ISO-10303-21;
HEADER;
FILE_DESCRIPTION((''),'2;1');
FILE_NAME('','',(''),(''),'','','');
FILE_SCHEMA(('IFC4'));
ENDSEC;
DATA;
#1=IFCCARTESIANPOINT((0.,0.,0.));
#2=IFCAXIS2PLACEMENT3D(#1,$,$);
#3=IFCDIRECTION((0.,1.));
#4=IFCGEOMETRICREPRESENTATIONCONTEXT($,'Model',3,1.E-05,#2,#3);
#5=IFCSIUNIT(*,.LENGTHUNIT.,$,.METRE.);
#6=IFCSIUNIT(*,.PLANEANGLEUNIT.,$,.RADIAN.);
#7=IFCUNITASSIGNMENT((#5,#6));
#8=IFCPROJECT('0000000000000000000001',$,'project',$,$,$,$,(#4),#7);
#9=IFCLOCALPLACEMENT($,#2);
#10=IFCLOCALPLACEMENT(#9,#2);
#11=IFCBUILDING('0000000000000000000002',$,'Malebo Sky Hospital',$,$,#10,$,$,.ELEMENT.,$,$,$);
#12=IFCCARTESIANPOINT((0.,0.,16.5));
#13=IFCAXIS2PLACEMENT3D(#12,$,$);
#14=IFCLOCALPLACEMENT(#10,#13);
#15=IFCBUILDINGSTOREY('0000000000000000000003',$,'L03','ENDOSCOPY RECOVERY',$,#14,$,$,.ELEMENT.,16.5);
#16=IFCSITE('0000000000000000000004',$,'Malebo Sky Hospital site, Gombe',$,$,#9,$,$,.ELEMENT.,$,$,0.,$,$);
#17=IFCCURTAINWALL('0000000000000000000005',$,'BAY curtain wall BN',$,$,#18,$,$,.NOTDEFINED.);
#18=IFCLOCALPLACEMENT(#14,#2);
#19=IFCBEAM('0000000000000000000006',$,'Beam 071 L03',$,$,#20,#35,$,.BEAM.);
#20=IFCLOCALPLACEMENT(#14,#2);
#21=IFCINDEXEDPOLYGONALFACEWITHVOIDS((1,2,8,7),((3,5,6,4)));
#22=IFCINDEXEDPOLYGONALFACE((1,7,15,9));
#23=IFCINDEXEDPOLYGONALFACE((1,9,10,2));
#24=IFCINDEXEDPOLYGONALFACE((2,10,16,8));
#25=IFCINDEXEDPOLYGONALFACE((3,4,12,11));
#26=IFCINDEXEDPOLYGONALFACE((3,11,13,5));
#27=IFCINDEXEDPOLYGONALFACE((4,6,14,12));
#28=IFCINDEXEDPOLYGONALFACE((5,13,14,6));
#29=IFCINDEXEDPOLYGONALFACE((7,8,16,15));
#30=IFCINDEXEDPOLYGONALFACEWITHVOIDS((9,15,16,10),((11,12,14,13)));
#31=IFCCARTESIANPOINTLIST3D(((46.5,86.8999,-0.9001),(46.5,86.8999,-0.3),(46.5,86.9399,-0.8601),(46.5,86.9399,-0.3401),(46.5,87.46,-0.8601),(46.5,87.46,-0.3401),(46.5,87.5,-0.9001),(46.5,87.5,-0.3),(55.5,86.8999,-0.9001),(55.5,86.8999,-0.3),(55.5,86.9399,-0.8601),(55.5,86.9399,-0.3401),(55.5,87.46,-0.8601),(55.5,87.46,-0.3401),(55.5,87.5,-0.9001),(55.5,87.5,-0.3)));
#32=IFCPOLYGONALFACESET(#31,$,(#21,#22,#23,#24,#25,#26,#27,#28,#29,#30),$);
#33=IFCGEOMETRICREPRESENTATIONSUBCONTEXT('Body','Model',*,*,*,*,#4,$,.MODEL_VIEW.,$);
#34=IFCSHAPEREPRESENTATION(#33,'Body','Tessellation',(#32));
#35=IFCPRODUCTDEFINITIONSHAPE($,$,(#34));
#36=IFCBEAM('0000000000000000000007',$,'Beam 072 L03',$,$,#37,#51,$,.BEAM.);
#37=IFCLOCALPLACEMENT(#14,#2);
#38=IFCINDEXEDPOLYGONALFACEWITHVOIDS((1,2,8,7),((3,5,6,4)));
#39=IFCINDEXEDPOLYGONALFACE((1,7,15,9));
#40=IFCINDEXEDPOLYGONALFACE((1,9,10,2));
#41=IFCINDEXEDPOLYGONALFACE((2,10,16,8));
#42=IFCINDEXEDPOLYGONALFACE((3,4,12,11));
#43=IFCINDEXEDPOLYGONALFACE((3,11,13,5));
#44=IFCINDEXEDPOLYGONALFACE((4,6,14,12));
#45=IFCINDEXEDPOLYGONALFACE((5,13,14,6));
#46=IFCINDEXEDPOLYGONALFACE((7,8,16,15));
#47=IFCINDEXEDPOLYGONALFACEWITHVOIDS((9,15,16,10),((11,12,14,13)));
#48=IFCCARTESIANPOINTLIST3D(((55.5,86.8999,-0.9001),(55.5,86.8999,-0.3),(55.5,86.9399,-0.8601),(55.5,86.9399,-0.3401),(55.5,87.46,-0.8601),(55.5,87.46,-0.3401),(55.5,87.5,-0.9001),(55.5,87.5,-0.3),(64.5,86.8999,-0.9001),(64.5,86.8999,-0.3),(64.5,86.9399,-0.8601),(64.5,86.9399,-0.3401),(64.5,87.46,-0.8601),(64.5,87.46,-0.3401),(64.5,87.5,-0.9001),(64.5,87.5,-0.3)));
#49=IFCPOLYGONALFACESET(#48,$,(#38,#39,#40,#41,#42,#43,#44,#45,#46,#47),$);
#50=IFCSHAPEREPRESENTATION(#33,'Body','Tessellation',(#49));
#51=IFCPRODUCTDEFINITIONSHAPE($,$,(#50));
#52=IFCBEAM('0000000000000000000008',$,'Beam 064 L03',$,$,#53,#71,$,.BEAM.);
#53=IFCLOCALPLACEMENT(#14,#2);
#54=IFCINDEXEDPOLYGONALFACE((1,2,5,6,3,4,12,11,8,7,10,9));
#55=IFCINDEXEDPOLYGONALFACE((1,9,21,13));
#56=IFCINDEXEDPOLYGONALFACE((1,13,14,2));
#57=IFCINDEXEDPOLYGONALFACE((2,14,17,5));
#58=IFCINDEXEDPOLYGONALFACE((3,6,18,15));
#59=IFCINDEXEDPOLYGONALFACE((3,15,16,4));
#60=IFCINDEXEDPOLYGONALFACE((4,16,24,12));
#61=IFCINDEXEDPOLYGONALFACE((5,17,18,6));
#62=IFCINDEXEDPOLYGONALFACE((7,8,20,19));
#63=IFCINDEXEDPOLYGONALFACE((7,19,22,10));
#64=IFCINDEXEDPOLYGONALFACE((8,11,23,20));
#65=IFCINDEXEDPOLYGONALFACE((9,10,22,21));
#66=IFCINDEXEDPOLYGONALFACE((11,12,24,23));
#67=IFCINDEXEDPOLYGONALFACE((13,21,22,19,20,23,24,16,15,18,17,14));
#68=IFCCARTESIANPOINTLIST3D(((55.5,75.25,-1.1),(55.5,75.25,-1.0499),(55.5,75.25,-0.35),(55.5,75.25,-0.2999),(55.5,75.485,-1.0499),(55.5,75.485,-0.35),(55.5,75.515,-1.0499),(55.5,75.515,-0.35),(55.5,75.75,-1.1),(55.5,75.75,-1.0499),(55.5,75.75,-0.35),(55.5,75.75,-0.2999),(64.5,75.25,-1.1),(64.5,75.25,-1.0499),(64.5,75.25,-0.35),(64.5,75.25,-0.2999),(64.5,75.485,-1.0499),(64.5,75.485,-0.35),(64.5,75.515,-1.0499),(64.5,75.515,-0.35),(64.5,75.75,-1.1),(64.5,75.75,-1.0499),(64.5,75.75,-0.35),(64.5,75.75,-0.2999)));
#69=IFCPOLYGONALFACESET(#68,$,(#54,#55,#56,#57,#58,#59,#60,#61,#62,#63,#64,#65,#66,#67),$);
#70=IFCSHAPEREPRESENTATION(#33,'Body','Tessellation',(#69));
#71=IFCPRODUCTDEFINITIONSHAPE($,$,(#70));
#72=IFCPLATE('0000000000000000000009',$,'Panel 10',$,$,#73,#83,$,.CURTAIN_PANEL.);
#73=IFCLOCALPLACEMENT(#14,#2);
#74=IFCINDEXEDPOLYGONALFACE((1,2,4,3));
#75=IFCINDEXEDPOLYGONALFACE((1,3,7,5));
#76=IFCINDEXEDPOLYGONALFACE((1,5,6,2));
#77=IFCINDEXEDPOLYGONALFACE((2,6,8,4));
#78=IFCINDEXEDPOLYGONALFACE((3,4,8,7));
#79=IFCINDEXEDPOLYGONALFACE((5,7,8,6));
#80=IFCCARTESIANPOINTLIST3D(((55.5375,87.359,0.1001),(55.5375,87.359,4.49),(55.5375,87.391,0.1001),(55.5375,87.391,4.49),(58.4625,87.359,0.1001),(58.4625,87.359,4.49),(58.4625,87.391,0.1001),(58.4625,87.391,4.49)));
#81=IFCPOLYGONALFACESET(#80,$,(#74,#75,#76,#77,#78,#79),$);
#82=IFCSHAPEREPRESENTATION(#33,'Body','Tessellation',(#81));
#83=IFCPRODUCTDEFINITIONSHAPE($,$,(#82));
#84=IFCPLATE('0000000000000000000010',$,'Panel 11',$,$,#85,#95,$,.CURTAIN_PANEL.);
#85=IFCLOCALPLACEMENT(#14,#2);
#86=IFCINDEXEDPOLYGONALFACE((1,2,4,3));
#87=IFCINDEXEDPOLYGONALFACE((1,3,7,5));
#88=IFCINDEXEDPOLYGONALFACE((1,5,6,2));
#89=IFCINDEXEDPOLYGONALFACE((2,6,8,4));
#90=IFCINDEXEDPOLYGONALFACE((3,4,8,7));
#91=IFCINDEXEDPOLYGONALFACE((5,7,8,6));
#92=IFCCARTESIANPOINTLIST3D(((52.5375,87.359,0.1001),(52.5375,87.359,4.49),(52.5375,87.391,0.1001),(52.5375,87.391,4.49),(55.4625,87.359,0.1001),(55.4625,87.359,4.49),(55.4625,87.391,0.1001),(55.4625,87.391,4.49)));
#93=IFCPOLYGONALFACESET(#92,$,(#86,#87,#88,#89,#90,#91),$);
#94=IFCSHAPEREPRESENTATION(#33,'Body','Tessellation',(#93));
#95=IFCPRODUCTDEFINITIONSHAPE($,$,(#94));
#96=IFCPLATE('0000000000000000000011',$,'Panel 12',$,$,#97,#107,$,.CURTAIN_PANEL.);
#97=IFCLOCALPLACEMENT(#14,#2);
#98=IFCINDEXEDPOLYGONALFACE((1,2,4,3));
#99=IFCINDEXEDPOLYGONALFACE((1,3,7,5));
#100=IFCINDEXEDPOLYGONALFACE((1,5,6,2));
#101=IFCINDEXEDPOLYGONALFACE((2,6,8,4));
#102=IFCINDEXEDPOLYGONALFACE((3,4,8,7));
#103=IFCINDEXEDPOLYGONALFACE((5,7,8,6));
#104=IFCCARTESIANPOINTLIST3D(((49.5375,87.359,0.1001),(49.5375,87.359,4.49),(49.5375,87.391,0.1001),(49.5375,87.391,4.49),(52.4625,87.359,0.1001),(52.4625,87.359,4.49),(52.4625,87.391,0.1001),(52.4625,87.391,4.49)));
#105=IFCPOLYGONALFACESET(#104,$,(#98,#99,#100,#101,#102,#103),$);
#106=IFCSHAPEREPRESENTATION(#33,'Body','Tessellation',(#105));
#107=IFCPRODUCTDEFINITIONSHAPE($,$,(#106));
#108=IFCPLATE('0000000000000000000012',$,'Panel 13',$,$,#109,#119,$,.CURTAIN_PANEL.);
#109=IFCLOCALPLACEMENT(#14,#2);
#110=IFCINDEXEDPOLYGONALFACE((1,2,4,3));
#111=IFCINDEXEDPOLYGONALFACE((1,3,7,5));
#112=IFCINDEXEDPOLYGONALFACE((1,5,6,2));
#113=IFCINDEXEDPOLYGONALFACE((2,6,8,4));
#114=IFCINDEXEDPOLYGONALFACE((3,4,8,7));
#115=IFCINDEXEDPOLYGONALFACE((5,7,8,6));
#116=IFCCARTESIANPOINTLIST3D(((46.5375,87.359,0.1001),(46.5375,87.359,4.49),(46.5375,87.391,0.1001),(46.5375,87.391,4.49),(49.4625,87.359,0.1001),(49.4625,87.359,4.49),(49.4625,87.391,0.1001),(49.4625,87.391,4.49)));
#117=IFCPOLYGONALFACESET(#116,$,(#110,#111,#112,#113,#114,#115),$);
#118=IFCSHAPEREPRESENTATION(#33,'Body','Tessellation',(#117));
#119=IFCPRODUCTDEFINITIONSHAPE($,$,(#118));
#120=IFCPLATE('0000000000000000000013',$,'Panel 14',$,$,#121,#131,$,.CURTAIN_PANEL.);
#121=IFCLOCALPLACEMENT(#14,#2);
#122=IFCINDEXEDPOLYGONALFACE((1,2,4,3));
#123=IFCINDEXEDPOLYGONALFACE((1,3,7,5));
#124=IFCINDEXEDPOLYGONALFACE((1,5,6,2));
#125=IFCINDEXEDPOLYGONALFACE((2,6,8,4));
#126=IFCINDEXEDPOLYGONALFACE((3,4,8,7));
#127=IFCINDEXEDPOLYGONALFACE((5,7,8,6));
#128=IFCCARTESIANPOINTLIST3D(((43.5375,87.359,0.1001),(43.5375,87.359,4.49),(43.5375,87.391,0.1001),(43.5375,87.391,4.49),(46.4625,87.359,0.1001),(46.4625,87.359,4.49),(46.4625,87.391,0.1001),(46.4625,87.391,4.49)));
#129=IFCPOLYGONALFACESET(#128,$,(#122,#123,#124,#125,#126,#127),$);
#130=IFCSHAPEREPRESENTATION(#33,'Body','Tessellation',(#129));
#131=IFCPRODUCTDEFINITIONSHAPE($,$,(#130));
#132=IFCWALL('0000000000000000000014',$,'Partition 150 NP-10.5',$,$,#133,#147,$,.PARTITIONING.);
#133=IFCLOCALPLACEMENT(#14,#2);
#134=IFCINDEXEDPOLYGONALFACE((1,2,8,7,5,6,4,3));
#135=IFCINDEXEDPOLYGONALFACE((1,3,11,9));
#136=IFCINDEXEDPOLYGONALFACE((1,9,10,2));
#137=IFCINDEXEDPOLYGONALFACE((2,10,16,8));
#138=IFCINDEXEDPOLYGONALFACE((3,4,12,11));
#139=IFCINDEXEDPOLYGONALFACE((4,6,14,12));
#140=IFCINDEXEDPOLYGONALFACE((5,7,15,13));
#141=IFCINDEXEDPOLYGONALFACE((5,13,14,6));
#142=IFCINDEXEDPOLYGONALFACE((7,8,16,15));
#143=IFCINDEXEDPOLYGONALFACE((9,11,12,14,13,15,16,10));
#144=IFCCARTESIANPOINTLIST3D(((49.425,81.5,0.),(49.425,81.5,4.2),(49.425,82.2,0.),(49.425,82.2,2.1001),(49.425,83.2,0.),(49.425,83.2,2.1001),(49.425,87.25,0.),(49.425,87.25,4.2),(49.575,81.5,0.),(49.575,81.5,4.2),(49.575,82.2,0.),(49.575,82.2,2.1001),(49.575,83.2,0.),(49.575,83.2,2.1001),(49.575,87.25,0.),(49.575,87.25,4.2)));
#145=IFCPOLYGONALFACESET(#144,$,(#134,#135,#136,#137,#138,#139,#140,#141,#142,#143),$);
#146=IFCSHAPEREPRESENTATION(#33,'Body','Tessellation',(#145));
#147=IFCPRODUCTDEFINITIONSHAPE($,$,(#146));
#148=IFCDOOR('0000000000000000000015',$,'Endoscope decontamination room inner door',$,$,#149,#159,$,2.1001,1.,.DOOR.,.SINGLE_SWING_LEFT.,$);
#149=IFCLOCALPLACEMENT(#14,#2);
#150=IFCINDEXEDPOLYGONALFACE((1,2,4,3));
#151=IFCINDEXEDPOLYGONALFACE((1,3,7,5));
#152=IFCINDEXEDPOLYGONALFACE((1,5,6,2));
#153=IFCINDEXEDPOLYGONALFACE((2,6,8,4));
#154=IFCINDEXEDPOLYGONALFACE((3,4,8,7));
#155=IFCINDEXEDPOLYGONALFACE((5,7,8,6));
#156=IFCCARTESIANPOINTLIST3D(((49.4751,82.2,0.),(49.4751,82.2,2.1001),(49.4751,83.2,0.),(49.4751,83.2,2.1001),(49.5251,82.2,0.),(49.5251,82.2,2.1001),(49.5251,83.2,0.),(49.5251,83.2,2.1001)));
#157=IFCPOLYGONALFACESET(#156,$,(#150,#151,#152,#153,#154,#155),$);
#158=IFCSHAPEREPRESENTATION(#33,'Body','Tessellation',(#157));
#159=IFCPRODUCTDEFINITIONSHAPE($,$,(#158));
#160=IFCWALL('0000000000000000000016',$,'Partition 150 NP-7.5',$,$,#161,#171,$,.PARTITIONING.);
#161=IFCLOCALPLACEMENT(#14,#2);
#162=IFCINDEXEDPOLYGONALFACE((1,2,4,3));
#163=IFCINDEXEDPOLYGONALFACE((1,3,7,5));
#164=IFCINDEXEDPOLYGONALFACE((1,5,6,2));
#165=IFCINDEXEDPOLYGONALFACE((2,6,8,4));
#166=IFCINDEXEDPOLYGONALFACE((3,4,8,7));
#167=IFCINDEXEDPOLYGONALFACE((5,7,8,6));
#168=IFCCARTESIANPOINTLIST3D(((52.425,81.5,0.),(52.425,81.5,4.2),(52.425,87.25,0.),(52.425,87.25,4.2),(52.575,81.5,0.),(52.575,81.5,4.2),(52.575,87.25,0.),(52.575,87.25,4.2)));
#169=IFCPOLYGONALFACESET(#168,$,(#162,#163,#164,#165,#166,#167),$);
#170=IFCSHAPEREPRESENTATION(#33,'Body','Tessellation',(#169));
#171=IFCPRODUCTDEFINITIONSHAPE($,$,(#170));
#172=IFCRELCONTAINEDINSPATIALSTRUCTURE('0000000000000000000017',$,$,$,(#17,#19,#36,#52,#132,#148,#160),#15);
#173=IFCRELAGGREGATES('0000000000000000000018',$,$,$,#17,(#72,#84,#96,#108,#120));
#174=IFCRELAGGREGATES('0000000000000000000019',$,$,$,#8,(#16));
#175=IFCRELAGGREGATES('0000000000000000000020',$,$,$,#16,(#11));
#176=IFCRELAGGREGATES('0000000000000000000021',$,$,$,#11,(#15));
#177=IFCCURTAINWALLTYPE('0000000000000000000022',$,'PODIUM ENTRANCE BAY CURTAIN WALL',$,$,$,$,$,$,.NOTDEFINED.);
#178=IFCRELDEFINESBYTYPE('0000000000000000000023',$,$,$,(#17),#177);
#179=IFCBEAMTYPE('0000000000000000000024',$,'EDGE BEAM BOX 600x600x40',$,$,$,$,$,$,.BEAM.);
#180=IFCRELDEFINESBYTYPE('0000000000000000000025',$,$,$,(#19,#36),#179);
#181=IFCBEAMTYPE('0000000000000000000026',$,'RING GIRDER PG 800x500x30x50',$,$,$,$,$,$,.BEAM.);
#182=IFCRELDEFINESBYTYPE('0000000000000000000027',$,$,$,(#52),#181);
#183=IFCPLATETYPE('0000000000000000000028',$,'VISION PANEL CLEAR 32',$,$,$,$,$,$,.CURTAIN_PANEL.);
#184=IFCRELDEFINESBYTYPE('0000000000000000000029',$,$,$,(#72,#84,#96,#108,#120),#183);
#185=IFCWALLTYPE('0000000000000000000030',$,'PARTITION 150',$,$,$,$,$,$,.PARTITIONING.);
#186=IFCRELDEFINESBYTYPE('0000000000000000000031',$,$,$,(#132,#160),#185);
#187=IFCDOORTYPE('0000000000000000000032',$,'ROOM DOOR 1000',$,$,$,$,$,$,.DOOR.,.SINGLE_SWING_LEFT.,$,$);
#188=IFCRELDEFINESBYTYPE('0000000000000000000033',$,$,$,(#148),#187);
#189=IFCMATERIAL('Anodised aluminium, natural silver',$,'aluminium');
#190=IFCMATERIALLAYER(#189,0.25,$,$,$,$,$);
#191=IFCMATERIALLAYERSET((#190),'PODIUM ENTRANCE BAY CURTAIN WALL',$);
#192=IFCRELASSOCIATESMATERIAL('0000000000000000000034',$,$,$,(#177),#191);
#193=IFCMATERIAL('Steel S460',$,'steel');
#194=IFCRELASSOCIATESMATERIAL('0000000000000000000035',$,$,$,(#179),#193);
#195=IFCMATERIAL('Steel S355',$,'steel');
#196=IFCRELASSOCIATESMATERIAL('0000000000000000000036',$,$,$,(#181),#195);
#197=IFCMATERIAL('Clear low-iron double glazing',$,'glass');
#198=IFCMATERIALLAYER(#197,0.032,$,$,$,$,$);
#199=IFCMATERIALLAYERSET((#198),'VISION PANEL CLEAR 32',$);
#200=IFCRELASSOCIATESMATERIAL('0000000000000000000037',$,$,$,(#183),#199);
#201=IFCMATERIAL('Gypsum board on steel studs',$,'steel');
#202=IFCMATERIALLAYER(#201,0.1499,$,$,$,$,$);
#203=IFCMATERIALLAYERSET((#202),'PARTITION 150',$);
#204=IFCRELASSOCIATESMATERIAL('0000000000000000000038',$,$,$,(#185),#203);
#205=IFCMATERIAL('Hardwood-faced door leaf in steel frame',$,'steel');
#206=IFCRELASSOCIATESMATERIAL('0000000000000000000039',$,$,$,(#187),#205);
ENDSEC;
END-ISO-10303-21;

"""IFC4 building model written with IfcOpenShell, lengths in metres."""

from ifc_helpers import new_model, si_unit, direction, frame, frame_2d, origin, origin_2d, place, context, subcontext, project, spatial, rectangle, hollow_rectangle, i_section, extrude, material, layer, layer_set, material_profile, profile_set, type_object, element, fill, aggregate, save


model = new_model("IFC4")

# Units and contexts
model_context = context("Model", 3, precision=1e-05, world=origin(), true_north=direction((0.0, 1.0)))
body_context = subcontext(model_context, "Body", "Model", "MODEL_VIEW")
ifc_project = project(units=[si_unit("LENGTHUNIT", "METRE"), si_unit("PLANEANGLEUNIT", "RADIAN")], contexts=[model_context])

# Site, building, storey
site_placement = place(None, origin())
site = spatial("IfcSite", under=ifc_project, at=site_placement, Name="Malebo Sky Hospital site, Gombe", CompositionType="ELEMENT", RefElevation=0.0)
building_placement = place(site_placement, origin())
building = spatial("IfcBuilding", under=site, at=building_placement, Name="Malebo Sky Hospital", CompositionType="ELEMENT")
storey_placement = place(building_placement, frame((0.0, 0.0, 16.5)))
storey = spatial("IfcBuildingStorey", under=building, at=storey_placement, Name="L03", Description="ENDOSCOPY RECOVERY", CompositionType="ELEMENT", Elevation=16.5)

# Shared definitions
ifc_material_1 = material(Name="Steel S460", Category="steel")

# Curtain wall
ifc_material_2 = material(Name="Anodised aluminium, natural silver", Category="aluminium")
ifc_layer_1 = layer(ifc_material_2, 0.25)
ifc_layer_set_1 = layer_set([ifc_layer_1], Name="PODIUM ENTRANCE BAY CURTAIN WALL")
curtain_wall_type = type_object("IfcCurtainWallType", Name="PODIUM ENTRANCE BAY CURTAIN WALL", PredefinedType="NOTDEFINED", material=ifc_layer_set_1)
curtain_wall_placement = place(storey_placement, origin())
curtain_wall = element("IfcCurtainWall", 1, at=curtain_wall_placement, inside=storey, type_object=curtain_wall_type, Name="BAY curtain wall BN", PredefinedType="NOTDEFINED")

# Beams
ifc_material_profile_1 = material_profile(ifc_material_1, hollow_rectangle(XDim=0.6001, YDim=0.6001, WallThickness=0.04, at=origin_2d()), Name="BOX 600x600x40")
ifc_profile_set_1 = profile_set([ifc_material_profile_1], Name="Steel S460")
beam_type_1 = type_object("IfcBeamType", Name="EDGE BEAM BOX 600x600x40", PredefinedType="BEAM", material=ifc_profile_set_1)
for number, where, z_axis, x_axis, name in (
    (2, (46.5, 87.2, -0.6001), (1.0, 0.0, 0.0), (0.0, 1.0, 0.0), "Beam 071 L03"),
    (3, (55.5, 87.2, -0.6001), (1.0, 0.0, 0.0), (0.0, 1.0, 0.0), "Beam 072 L03"),
):
    element("IfcBeam", number, at=place(storey_placement, frame(where, z_axis=z_axis, x_axis=x_axis)), inside=storey, type_object=beam_type_1, Name=name, PredefinedType="BEAM", context=body_context, shape_type="SweptSolid", body=[
        extrude(hollow_rectangle(XDim=0.6001, YDim=0.6001, WallThickness=0.04, at=origin_2d()), origin(), (0.0, 0.0, 1.0), 9.0),
    ])
ifc_material_3 = material(Name="Steel S355", Category="steel")
ifc_material_profile_2 = material_profile(ifc_material_3, i_section(OverallWidth=0.5, OverallDepth=0.8, WebThickness=0.03, FlangeThickness=0.05, at=origin_2d()), Name="PG 800x500x30x50")
ifc_profile_set_2 = profile_set([ifc_material_profile_2], Name="Steel S355")
beam_type_2 = type_object("IfcBeamType", Name="RING GIRDER PG 800x500x30x50", PredefinedType="BEAM", material=ifc_profile_set_2)
beam_placement = place(storey_placement, frame((55.5, 75.5, -0.7), z_axis=(1.0, 0.0, 0.0), x_axis=(0.0, 1.0, 0.0)))
element("IfcBeam", 4, at=beam_placement, inside=storey, type_object=beam_type_2, Name="Beam 064 L03", PredefinedType="BEAM", context=body_context, shape_type="SweptSolid", body=[
    extrude(i_section(OverallWidth=0.5, OverallDepth=0.8, WebThickness=0.03, FlangeThickness=0.05, at=origin_2d()), origin(), (0.0, 0.0, 1.0), 9.0),
])

# Plates
ifc_material_4 = material(Name="Clear low-iron double glazing", Category="glass")
ifc_layer_2 = layer(ifc_material_4, 0.032)
ifc_layer_set_2 = layer_set([ifc_layer_2], Name="VISION PANEL CLEAR 32")
plate_type = type_object("IfcPlateType", Name="VISION PANEL CLEAR 32", PredefinedType="CURTAIN_PANEL", material=ifc_layer_set_2)
plate_1_placement = place(storey_placement, frame((57.0, 87.375, 0.1001), z_axis=(0.0, 0.0, 1.0), x_axis=(-1.0, 0.0, 0.0)))
plate_1 = element("IfcPlate", 5, at=plate_1_placement, type_object=plate_type, Name="Panel 10", PredefinedType="CURTAIN_PANEL", context=body_context, shape_type="SweptSolid", body=[
    extrude(rectangle(XDim=2.925, YDim=0.032, at=origin_2d()), origin(), (0.0, 0.0, 1.0), 4.3899),
])
plate_2_placement = place(storey_placement, frame((54.0, 87.375, 0.1001), z_axis=(0.0, 0.0, 1.0), x_axis=(-1.0, 0.0, 0.0)))
plate_2 = element("IfcPlate", 6, at=plate_2_placement, type_object=plate_type, Name="Panel 11", PredefinedType="CURTAIN_PANEL", context=body_context, shape_type="SweptSolid", body=[
    extrude(rectangle(XDim=2.925, YDim=0.032, at=origin_2d()), origin(), (0.0, 0.0, 1.0), 4.3899),
])
plate_3_placement = place(storey_placement, frame((51.0, 87.375, 0.1001), z_axis=(0.0, 0.0, 1.0), x_axis=(-1.0, 0.0, 0.0)))
plate_3 = element("IfcPlate", 7, at=plate_3_placement, type_object=plate_type, Name="Panel 12", PredefinedType="CURTAIN_PANEL", context=body_context, shape_type="SweptSolid", body=[
    extrude(rectangle(XDim=2.925, YDim=0.032, at=origin_2d()), origin(), (0.0, 0.0, 1.0), 4.3899),
])
plate_4_placement = place(storey_placement, frame((48.0, 87.375, 0.1001), z_axis=(0.0, 0.0, 1.0), x_axis=(-1.0, 0.0, 0.0)))
plate_4 = element("IfcPlate", 8, at=plate_4_placement, type_object=plate_type, Name="Panel 13", PredefinedType="CURTAIN_PANEL", context=body_context, shape_type="SweptSolid", body=[
    extrude(rectangle(XDim=2.925, YDim=0.032, at=origin_2d()), origin(), (0.0, 0.0, 1.0), 4.3899),
])
plate_5_placement = place(storey_placement, frame((45.0, 87.375, 0.1001), z_axis=(0.0, 0.0, 1.0), x_axis=(-1.0, 0.0, 0.0)))
plate_5 = element("IfcPlate", 9, at=plate_5_placement, type_object=plate_type, Name="Panel 14", PredefinedType="CURTAIN_PANEL", context=body_context, shape_type="SweptSolid", body=[
    extrude(rectangle(XDim=2.925, YDim=0.032, at=origin_2d()), origin(), (0.0, 0.0, 1.0), 4.3899),
])
aggregate(curtain_wall, [plate_1, plate_2, plate_3, plate_4, plate_5])

# Wall, opening, door
ifc_material_5 = material(Name="Gypsum board on steel studs", Category="steel")
ifc_layer_3 = layer(ifc_material_5, 0.1499)
ifc_layer_set_3 = layer_set([ifc_layer_3], Name="PARTITION 150")
wall_type = type_object("IfcWallType", Name="PARTITION 150", PredefinedType="PARTITIONING", material=ifc_layer_set_3)
wall_1_placement = place(storey_placement, frame((49.5, 81.5, 0.0), z_axis=(0.0, 0.0, 1.0), x_axis=(0.0, 1.0, 0.0)))
wall_1 = element("IfcWall", 10, at=wall_1_placement, inside=storey, type_object=wall_type, Name="Partition 150 NP-10.5", PredefinedType="PARTITIONING", context=body_context, shape_type="SweptSolid", body=[
    extrude(rectangle(XDim=5.75, YDim=0.1499, at=frame_2d((2.875, 0.0))), origin(), (0.0, 0.0, 1.0), 4.2),
])
opening_placement = place(wall_1_placement, frame((0.7, 0.0, 0.0)))
opening = element("IfcOpeningElement", 11, at=opening_placement, cuts=wall_1, PredefinedType="OPENING", context=body_context, shape_type="SweptSolid", body=[
    extrude(rectangle(XDim=1.0, YDim=2.1001, at=frame_2d((0.5, 1.05))), frame((0.0, 0.085, 0.0), z_axis=(0.0, -1.0, 0.0), x_axis=(1.0, 0.0, 0.0)), (0.0, 0.0, 1.0), 0.1699),
])
ifc_material_6 = material(Name="Hardwood-faced door leaf in steel frame", Category="steel")
door_type = type_object("IfcDoorType", Name="ROOM DOOR 1000", OperationType="SINGLE_SWING_LEFT", PredefinedType="DOOR", material=ifc_material_6)
door_placement = place(opening_placement, origin())
door = element("IfcDoor", 12, at=door_placement, inside=storey, type_object=door_type, Name="Endoscope decontamination room inner door", OperationType="SINGLE_SWING_LEFT", OverallHeight=2.1001, OverallWidth=1.0, PredefinedType="DOOR", context=body_context, shape_type="SweptSolid", body=[
    extrude(rectangle(XDim=1.0, YDim=2.1001, at=frame_2d((0.5, 1.05))), frame((0.0, 0.0249, 0.0), z_axis=(0.0, -1.0, 0.0), x_axis=(1.0, 0.0, 0.0)), (0.0, 0.0, 1.0), 0.05),
])
fill(opening, door)

# Wall
wall_2_placement = place(storey_placement, frame((52.5, 81.5, 0.0), z_axis=(0.0, 0.0, 1.0), x_axis=(0.0, 1.0, 0.0)))
element("IfcWall", 13, at=wall_2_placement, inside=storey, type_object=wall_type, Name="Partition 150 NP-7.5", PredefinedType="PARTITIONING", context=body_context, shape_type="SweptSolid", body=[
    extrude(rectangle(XDim=5.75, YDim=0.1499, at=frame_2d((2.875, 0.0))), origin(), (0.0, 0.0, 1.0), 4.2),
])

save(model, "model.ifc")
